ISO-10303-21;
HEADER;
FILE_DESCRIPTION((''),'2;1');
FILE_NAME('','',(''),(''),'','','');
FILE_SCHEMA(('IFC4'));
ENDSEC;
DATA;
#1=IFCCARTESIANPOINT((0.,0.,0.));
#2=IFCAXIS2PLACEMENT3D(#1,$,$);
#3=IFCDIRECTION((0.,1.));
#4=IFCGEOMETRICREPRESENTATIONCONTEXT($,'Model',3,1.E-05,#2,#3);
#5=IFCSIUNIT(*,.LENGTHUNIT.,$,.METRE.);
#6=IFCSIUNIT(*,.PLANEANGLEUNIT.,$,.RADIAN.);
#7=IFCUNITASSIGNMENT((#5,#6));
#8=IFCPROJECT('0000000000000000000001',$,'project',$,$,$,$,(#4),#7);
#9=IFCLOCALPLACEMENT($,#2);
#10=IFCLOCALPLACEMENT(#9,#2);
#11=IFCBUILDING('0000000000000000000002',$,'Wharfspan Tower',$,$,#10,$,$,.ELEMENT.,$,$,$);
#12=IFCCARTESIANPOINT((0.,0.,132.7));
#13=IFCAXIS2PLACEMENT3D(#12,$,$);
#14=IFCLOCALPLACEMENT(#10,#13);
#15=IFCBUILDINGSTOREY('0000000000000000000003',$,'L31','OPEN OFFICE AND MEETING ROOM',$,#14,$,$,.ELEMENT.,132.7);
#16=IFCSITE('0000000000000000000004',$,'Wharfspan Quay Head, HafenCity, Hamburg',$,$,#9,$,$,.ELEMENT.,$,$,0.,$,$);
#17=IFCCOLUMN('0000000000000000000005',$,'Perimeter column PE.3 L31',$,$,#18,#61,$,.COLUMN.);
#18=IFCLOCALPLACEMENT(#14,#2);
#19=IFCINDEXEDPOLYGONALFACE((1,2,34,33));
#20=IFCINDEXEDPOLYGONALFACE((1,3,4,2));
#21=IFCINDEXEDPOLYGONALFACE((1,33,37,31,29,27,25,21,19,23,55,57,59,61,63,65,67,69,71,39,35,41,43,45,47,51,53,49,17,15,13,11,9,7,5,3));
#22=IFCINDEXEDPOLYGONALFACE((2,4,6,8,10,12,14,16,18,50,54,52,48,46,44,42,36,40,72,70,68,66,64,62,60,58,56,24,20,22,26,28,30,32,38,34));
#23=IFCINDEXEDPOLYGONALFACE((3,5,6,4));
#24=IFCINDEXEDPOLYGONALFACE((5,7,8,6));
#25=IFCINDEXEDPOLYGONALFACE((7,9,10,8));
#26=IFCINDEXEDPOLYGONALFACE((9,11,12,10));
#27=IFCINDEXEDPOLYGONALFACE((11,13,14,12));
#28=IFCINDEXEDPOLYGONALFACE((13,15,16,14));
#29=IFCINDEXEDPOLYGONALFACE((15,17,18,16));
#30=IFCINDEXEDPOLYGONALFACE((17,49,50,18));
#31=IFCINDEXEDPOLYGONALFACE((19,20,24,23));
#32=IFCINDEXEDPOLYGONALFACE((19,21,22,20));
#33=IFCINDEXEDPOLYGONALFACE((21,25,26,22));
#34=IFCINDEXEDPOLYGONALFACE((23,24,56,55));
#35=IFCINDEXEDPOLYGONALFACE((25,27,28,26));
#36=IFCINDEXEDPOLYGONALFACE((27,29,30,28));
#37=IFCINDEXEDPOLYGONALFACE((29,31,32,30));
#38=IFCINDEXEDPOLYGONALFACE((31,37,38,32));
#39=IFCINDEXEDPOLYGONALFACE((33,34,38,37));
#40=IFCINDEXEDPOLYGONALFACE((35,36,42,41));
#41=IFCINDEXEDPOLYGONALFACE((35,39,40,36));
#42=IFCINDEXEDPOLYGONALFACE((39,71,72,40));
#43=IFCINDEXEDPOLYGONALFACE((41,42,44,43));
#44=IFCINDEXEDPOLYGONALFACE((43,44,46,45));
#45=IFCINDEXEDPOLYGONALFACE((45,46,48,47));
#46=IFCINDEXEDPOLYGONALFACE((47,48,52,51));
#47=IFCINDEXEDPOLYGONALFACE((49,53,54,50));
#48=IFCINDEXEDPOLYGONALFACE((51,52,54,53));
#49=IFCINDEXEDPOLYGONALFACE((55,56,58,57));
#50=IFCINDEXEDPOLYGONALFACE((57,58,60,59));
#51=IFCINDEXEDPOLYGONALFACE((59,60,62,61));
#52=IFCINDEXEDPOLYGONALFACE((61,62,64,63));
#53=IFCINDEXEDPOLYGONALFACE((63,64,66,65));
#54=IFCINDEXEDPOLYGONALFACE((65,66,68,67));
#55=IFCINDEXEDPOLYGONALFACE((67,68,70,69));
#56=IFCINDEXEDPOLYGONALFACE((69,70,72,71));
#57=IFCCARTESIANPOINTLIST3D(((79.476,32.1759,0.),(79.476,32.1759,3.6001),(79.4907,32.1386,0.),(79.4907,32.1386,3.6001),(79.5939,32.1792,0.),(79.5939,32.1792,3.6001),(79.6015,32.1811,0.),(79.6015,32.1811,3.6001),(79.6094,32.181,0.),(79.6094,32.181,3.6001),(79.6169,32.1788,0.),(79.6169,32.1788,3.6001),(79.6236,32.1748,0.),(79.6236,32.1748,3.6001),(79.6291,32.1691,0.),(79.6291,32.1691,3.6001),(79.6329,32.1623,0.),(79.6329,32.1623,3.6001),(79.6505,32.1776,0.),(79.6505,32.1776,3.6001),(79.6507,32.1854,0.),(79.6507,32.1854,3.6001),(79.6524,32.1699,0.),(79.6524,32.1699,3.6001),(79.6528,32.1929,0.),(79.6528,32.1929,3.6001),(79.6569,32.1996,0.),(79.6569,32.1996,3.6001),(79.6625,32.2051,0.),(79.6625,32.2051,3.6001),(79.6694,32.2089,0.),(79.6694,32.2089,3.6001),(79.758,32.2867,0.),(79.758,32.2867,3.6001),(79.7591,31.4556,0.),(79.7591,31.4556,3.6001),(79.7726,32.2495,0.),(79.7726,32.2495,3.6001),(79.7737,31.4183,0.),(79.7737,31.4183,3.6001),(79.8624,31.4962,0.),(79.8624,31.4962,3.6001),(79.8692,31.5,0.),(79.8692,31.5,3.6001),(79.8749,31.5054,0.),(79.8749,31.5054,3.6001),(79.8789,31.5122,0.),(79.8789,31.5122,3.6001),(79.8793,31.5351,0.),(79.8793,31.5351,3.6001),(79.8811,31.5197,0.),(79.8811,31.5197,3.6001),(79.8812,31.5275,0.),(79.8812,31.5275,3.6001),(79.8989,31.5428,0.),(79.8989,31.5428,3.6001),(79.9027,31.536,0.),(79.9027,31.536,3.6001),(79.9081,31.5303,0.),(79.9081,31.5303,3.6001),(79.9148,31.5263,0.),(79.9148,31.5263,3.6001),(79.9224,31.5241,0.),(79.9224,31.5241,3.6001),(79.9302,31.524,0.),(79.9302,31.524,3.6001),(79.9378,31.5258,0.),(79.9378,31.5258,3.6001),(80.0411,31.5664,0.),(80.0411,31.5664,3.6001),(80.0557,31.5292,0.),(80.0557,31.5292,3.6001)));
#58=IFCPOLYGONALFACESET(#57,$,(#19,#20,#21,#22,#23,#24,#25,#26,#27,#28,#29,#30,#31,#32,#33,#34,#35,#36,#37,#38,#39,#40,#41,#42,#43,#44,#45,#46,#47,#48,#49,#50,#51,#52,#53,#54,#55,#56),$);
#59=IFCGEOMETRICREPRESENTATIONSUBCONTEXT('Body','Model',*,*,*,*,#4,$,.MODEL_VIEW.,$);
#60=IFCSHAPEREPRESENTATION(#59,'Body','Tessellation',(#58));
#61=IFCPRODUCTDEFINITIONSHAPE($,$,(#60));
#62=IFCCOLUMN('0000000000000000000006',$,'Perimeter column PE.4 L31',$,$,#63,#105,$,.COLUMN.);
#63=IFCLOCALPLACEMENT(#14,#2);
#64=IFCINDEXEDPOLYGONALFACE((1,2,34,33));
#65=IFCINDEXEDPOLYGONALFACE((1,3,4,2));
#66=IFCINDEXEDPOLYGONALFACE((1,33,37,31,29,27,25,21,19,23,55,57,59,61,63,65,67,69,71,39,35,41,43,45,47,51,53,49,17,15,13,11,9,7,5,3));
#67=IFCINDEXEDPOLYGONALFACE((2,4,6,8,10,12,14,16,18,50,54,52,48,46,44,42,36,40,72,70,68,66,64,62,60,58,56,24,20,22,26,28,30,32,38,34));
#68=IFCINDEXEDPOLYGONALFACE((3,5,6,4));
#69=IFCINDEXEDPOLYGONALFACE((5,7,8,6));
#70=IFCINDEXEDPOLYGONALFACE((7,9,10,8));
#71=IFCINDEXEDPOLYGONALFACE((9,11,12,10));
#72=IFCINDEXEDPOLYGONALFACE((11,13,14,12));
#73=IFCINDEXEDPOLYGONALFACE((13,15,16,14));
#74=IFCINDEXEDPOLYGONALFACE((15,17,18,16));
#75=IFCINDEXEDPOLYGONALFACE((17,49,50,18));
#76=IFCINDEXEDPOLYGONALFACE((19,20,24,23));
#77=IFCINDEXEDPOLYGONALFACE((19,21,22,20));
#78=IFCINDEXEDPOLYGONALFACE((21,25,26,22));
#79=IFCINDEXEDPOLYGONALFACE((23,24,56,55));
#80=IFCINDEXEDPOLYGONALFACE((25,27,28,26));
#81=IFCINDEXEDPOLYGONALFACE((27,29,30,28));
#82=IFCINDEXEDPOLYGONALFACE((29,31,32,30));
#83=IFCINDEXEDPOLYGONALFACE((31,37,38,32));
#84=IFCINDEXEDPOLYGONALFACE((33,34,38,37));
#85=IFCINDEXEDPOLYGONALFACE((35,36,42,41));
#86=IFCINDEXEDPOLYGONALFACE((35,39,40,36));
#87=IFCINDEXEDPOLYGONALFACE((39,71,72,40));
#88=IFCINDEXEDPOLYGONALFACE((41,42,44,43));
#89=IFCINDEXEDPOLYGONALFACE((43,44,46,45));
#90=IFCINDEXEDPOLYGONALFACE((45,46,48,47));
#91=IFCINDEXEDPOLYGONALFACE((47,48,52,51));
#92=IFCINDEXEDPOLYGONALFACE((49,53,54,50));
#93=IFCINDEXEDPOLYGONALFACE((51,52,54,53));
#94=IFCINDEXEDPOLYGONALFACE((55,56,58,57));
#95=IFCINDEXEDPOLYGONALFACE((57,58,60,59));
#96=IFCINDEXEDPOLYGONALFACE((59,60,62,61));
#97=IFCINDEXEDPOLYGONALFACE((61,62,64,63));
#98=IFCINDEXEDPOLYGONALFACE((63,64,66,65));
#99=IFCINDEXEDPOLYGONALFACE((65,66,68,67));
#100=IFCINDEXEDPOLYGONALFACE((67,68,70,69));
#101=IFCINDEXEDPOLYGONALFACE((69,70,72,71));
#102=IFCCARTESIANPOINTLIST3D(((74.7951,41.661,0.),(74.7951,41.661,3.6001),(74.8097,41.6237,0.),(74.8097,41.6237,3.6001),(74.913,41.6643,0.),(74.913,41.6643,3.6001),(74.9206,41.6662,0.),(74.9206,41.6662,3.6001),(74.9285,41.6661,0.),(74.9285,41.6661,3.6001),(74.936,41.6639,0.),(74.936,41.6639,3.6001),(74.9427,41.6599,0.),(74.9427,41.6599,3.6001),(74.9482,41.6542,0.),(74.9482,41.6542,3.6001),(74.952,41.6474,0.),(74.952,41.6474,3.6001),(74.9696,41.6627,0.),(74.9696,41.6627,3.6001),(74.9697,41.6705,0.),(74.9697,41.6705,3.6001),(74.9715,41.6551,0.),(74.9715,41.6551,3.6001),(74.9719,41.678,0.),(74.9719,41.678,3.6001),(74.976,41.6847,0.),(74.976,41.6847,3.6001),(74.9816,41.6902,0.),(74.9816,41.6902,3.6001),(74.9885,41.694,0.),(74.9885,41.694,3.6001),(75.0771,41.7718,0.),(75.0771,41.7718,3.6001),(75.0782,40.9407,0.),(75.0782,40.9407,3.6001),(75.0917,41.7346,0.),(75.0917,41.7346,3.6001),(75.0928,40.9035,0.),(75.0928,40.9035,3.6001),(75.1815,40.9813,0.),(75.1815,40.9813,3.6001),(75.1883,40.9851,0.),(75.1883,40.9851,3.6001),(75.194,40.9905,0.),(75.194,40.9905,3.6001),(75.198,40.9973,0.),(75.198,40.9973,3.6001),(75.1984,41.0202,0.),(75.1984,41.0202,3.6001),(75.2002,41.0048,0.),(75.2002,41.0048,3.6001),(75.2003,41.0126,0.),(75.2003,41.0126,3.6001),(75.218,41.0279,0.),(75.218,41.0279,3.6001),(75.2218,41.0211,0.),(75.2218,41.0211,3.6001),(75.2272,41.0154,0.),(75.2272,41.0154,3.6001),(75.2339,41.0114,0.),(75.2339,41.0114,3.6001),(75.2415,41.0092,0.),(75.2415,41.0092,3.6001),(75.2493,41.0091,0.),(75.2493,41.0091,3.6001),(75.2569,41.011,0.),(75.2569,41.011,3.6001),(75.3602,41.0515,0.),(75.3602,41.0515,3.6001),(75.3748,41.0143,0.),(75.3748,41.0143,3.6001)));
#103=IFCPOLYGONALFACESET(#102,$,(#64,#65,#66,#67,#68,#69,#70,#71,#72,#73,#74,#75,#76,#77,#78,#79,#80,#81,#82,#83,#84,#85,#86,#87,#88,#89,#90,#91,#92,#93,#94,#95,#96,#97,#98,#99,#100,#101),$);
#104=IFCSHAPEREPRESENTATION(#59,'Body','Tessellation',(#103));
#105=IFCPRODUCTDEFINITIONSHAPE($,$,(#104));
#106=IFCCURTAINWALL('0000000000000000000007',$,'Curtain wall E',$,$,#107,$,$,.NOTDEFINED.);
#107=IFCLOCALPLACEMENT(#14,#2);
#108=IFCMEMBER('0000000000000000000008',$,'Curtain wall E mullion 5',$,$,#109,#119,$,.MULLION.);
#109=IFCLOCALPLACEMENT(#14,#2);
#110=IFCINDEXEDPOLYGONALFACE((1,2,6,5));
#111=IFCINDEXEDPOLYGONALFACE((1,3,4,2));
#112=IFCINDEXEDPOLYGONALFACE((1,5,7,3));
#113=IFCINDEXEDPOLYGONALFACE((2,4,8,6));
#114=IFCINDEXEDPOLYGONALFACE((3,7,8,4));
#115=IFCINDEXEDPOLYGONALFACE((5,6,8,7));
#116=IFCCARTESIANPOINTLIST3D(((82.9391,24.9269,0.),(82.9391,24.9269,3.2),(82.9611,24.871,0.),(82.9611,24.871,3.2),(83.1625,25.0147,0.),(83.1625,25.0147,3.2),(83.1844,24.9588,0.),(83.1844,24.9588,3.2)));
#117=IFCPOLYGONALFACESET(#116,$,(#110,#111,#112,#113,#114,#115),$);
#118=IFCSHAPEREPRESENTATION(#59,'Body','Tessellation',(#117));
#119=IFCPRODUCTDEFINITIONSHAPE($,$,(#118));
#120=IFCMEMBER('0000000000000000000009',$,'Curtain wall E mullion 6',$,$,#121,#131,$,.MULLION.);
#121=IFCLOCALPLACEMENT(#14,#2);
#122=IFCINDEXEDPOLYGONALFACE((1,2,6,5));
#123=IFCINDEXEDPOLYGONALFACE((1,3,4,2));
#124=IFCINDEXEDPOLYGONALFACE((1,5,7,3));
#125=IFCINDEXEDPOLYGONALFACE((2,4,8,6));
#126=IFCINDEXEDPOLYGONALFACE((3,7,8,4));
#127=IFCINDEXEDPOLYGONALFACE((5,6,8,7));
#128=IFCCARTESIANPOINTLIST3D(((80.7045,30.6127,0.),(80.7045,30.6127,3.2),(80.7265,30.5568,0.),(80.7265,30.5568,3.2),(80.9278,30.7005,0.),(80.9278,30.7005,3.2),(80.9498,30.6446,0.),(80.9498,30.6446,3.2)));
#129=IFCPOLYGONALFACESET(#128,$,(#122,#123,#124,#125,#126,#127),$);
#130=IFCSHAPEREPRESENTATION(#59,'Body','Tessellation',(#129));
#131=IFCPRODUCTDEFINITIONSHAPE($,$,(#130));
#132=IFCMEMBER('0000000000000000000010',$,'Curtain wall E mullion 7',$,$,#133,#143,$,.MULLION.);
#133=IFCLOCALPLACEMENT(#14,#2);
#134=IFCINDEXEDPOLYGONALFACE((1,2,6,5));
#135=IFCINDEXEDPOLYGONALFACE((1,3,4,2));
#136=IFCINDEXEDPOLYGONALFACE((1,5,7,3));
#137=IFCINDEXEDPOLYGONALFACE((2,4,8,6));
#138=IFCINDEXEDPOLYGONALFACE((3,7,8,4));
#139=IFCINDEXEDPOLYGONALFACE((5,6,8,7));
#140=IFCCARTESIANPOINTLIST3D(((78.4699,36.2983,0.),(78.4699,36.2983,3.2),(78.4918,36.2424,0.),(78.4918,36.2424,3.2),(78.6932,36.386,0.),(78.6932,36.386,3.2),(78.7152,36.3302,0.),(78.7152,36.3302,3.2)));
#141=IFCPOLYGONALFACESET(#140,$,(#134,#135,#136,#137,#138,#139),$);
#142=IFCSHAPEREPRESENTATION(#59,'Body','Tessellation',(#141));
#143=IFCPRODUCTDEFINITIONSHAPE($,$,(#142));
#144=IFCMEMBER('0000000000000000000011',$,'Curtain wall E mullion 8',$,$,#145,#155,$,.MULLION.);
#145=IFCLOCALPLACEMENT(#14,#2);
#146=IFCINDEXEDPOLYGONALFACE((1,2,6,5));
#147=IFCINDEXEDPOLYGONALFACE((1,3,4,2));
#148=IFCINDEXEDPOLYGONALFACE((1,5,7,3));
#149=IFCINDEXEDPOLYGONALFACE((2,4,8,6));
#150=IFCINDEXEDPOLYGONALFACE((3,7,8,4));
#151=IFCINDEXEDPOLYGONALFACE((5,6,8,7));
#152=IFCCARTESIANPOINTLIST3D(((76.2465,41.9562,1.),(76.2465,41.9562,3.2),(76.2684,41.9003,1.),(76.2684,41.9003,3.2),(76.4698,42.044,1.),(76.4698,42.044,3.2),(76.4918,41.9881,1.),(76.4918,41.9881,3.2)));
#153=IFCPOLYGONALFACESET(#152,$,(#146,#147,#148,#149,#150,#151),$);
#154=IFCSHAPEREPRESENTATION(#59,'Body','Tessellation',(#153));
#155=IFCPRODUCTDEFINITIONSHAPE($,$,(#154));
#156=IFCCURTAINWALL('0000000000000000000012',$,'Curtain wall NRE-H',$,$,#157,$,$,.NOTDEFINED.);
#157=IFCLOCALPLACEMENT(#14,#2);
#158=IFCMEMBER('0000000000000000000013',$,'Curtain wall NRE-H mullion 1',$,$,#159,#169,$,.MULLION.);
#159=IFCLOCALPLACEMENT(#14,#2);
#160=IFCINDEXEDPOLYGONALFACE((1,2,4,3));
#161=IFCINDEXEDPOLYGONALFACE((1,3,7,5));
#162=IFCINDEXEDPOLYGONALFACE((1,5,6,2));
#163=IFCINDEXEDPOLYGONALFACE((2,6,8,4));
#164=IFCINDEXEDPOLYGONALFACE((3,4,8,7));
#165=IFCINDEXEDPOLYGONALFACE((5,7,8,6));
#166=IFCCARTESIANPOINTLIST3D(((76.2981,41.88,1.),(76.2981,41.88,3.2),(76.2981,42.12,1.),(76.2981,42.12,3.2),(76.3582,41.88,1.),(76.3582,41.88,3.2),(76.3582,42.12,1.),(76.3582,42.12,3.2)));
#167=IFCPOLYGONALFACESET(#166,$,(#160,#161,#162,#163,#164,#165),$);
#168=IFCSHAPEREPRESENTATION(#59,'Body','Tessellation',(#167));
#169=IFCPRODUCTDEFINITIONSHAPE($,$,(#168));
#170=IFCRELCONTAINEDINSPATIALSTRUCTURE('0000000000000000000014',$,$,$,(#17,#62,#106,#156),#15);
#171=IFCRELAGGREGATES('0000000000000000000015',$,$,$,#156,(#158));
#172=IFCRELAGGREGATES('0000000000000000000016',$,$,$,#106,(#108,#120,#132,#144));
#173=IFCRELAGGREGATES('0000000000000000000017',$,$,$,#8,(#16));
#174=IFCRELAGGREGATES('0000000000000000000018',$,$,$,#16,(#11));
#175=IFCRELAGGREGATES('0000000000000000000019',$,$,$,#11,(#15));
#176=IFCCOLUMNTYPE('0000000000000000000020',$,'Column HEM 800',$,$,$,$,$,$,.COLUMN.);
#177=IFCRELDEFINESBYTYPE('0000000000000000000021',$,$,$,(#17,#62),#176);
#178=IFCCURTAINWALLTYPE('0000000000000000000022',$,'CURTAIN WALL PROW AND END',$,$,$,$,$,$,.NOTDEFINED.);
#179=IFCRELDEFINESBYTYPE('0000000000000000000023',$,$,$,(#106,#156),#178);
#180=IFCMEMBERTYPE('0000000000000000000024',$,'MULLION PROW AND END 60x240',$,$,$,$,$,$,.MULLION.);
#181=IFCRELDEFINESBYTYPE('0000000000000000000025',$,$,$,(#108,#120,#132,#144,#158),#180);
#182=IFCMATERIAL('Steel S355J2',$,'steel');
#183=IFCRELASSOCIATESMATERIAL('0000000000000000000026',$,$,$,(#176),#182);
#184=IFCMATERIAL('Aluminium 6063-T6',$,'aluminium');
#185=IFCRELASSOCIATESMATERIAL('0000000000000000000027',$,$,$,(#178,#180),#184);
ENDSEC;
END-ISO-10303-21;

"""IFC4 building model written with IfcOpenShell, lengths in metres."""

from ifc_helpers import new_model, si_unit, direction, frame, origin, origin_2d, place, context, subcontext, project, spatial, rectangle, i_section, extrude, material, material_profile, profile_set, type_object, element, aggregate, save


model = new_model("IFC4")

# Units and contexts
model_context = context("Model", 3, precision=1e-05, world=origin(), true_north=direction((0.0, 1.0)))
body_context = subcontext(model_context, "Body", "Model", "MODEL_VIEW")
ifc_project = project(units=[si_unit("LENGTHUNIT", "METRE"), si_unit("PLANEANGLEUNIT", "RADIAN")], contexts=[model_context])

# Site, building, storey
site_placement = place(None, origin())
site = spatial("IfcSite", under=ifc_project, at=site_placement, Name="Wharfspan Quay Head, HafenCity, Hamburg", CompositionType="ELEMENT", RefElevation=0.0)
building_placement = place(site_placement, origin())
building = spatial("IfcBuilding", under=site, at=building_placement, Name="Wharfspan Tower", CompositionType="ELEMENT")
storey_placement = place(building_placement, frame((0.0, 0.0, 132.7)))
storey = spatial("IfcBuildingStorey", under=building, at=storey_placement, Name="L31", Description="OPEN OFFICE AND MEETING ROOM", CompositionType="ELEMENT", Elevation=132.7)

# Columns
ifc_material_1 = material(Name="Steel S355J2", Category="steel")
ifc_material_profile_1 = material_profile(ifc_material_1, i_section(OverallWidth=0.303, OverallDepth=0.814, WebThickness=0.021, FlangeThickness=0.04, FilletRadius=0.03, at=origin_2d()))
ifc_profile_set_1 = profile_set([ifc_material_profile_1], Name="Steel S355J2")
column_type = type_object("IfcColumnType", Name="Column HEM 800", PredefinedType="COLUMN", material=ifc_profile_set_1)
for number, where, z_axis, x_axis, name in (
    (1, (79.7659, 31.8525, 0.0), (0.0, 0.0, 1.0), (0.930702, 0.365778, 0.0), "Perimeter column PE.3 L31"),
    (2, (75.085, 41.3376, 0.0), (0.0, 0.0, 1.0), (0.930702, 0.365778, 0.0), "Perimeter column PE.4 L31"),
):
    element("IfcColumn", number, at=place(storey_placement, frame(where, z_axis=z_axis, x_axis=x_axis)), inside=storey, type_object=column_type, Name=name, PredefinedType="COLUMN", context=body_context, shape_type="SweptSolid", body=[
        extrude(i_section(OverallWidth=0.303, OverallDepth=0.814, WebThickness=0.021, FlangeThickness=0.04, FilletRadius=0.03, at=origin_2d()), origin(), (0.0, 0.0, 1.0), 3.6001),
    ])

# Curtain wall, members
ifc_material_2 = material(Name="Aluminium 6063-T6", Category="aluminium")
curtain_wall_type = type_object("IfcCurtainWallType", Name="CURTAIN WALL PROW AND END", PredefinedType="NOTDEFINED", material=ifc_material_2)
curtain_wall_1_placement = place(storey_placement, origin())
curtain_wall_1 = element("IfcCurtainWall", 3, at=curtain_wall_1_placement, inside=storey, type_object=curtain_wall_type, Name="Curtain wall E", PredefinedType="NOTDEFINED")
ifc_material_profile_2 = material_profile(ifc_material_2, rectangle(XDim=0.24, YDim=0.0601, at=origin_2d()))
ifc_profile_set_2 = profile_set([ifc_material_profile_2], Name="Aluminium 6063-T6")
member_type_1 = type_object("IfcMemberType", Name="MULLION PROW AND END 60x240", PredefinedType="MULLION", material=ifc_profile_set_2)
member_1_placement = place(storey_placement, frame((83.0618, 24.9429, 0.0), z_axis=(0.0, 0.0, 1.0), x_axis=(-0.930702, -0.365778, 0.0)))
member_1 = element("IfcMember", 4, at=member_1_placement, type_object=member_type_1, Name="Curtain wall E mullion 5", PredefinedType="MULLION", context=body_context, shape_type="SweptSolid", body=[
    extrude(rectangle(XDim=0.24, YDim=0.0601, at=origin_2d()), origin(), (0.0, 0.0, 1.0), 3.2),
])
member_2_placement = place(storey_placement, frame((80.8271, 30.6287, 0.0), z_axis=(0.0, 0.0, 1.0), x_axis=(-0.930702, -0.365778, 0.0)))
member_2 = element("IfcMember", 5, at=member_2_placement, type_object=member_type_1, Name="Curtain wall E mullion 6", PredefinedType="MULLION", context=body_context, shape_type="SweptSolid", body=[
    extrude(rectangle(XDim=0.24, YDim=0.0601, at=origin_2d()), origin(), (0.0, 0.0, 1.0), 3.2),
])
member_3_placement = place(storey_placement, frame((78.5925, 36.3142, 0.0), z_axis=(0.0, 0.0, 1.0), x_axis=(-0.930702, -0.365778, 0.0)))
member_3 = element("IfcMember", 6, at=member_3_placement, type_object=member_type_1, Name="Curtain wall E mullion 7", PredefinedType="MULLION", context=body_context, shape_type="SweptSolid", body=[
    extrude(rectangle(XDim=0.24, YDim=0.0601, at=origin_2d()), origin(), (0.0, 0.0, 1.0), 3.2),
])
member_4_placement = place(storey_placement, frame((76.3691, 41.9722, 1.0), z_axis=(0.0, 0.0, 1.0), x_axis=(-0.930702, -0.365778, 0.0)))
member_4 = element("IfcMember", 7, at=member_4_placement, type_object=member_type_1, Name="Curtain wall E mullion 8", PredefinedType="MULLION", context=body_context, shape_type="SweptSolid", body=[
    extrude(rectangle(XDim=0.24, YDim=0.0601, at=origin_2d()), origin(), (0.0, 0.0, 1.0), 2.2),
])

# Curtain wall, member
curtain_wall_2_placement = place(storey_placement, origin())
curtain_wall_2 = element("IfcCurtainWall", 8, at=curtain_wall_2_placement, inside=storey, type_object=curtain_wall_type, Name="Curtain wall NRE-H", PredefinedType="NOTDEFINED")
member_5_placement = place(storey_placement, frame((76.3281, 42.0, 1.0), z_axis=(0.0, 0.0, 1.0), x_axis=(0.0, -1.0, 0.0)))
member_5 = element("IfcMember", 9, at=member_5_placement, type_object=member_type_1, Name="Curtain wall NRE-H mullion 1", PredefinedType="MULLION", context=body_context, shape_type="SweptSolid", body=[
    extrude(rectangle(XDim=0.24, YDim=0.0601, at=origin_2d()), origin(), (0.0, 0.0, 1.0), 2.2),
])

aggregate(curtain_wall_2, [member_5])
aggregate(curtain_wall_1, [member_1, member_2, member_3, member_4])

save(model, "model.ifc")
